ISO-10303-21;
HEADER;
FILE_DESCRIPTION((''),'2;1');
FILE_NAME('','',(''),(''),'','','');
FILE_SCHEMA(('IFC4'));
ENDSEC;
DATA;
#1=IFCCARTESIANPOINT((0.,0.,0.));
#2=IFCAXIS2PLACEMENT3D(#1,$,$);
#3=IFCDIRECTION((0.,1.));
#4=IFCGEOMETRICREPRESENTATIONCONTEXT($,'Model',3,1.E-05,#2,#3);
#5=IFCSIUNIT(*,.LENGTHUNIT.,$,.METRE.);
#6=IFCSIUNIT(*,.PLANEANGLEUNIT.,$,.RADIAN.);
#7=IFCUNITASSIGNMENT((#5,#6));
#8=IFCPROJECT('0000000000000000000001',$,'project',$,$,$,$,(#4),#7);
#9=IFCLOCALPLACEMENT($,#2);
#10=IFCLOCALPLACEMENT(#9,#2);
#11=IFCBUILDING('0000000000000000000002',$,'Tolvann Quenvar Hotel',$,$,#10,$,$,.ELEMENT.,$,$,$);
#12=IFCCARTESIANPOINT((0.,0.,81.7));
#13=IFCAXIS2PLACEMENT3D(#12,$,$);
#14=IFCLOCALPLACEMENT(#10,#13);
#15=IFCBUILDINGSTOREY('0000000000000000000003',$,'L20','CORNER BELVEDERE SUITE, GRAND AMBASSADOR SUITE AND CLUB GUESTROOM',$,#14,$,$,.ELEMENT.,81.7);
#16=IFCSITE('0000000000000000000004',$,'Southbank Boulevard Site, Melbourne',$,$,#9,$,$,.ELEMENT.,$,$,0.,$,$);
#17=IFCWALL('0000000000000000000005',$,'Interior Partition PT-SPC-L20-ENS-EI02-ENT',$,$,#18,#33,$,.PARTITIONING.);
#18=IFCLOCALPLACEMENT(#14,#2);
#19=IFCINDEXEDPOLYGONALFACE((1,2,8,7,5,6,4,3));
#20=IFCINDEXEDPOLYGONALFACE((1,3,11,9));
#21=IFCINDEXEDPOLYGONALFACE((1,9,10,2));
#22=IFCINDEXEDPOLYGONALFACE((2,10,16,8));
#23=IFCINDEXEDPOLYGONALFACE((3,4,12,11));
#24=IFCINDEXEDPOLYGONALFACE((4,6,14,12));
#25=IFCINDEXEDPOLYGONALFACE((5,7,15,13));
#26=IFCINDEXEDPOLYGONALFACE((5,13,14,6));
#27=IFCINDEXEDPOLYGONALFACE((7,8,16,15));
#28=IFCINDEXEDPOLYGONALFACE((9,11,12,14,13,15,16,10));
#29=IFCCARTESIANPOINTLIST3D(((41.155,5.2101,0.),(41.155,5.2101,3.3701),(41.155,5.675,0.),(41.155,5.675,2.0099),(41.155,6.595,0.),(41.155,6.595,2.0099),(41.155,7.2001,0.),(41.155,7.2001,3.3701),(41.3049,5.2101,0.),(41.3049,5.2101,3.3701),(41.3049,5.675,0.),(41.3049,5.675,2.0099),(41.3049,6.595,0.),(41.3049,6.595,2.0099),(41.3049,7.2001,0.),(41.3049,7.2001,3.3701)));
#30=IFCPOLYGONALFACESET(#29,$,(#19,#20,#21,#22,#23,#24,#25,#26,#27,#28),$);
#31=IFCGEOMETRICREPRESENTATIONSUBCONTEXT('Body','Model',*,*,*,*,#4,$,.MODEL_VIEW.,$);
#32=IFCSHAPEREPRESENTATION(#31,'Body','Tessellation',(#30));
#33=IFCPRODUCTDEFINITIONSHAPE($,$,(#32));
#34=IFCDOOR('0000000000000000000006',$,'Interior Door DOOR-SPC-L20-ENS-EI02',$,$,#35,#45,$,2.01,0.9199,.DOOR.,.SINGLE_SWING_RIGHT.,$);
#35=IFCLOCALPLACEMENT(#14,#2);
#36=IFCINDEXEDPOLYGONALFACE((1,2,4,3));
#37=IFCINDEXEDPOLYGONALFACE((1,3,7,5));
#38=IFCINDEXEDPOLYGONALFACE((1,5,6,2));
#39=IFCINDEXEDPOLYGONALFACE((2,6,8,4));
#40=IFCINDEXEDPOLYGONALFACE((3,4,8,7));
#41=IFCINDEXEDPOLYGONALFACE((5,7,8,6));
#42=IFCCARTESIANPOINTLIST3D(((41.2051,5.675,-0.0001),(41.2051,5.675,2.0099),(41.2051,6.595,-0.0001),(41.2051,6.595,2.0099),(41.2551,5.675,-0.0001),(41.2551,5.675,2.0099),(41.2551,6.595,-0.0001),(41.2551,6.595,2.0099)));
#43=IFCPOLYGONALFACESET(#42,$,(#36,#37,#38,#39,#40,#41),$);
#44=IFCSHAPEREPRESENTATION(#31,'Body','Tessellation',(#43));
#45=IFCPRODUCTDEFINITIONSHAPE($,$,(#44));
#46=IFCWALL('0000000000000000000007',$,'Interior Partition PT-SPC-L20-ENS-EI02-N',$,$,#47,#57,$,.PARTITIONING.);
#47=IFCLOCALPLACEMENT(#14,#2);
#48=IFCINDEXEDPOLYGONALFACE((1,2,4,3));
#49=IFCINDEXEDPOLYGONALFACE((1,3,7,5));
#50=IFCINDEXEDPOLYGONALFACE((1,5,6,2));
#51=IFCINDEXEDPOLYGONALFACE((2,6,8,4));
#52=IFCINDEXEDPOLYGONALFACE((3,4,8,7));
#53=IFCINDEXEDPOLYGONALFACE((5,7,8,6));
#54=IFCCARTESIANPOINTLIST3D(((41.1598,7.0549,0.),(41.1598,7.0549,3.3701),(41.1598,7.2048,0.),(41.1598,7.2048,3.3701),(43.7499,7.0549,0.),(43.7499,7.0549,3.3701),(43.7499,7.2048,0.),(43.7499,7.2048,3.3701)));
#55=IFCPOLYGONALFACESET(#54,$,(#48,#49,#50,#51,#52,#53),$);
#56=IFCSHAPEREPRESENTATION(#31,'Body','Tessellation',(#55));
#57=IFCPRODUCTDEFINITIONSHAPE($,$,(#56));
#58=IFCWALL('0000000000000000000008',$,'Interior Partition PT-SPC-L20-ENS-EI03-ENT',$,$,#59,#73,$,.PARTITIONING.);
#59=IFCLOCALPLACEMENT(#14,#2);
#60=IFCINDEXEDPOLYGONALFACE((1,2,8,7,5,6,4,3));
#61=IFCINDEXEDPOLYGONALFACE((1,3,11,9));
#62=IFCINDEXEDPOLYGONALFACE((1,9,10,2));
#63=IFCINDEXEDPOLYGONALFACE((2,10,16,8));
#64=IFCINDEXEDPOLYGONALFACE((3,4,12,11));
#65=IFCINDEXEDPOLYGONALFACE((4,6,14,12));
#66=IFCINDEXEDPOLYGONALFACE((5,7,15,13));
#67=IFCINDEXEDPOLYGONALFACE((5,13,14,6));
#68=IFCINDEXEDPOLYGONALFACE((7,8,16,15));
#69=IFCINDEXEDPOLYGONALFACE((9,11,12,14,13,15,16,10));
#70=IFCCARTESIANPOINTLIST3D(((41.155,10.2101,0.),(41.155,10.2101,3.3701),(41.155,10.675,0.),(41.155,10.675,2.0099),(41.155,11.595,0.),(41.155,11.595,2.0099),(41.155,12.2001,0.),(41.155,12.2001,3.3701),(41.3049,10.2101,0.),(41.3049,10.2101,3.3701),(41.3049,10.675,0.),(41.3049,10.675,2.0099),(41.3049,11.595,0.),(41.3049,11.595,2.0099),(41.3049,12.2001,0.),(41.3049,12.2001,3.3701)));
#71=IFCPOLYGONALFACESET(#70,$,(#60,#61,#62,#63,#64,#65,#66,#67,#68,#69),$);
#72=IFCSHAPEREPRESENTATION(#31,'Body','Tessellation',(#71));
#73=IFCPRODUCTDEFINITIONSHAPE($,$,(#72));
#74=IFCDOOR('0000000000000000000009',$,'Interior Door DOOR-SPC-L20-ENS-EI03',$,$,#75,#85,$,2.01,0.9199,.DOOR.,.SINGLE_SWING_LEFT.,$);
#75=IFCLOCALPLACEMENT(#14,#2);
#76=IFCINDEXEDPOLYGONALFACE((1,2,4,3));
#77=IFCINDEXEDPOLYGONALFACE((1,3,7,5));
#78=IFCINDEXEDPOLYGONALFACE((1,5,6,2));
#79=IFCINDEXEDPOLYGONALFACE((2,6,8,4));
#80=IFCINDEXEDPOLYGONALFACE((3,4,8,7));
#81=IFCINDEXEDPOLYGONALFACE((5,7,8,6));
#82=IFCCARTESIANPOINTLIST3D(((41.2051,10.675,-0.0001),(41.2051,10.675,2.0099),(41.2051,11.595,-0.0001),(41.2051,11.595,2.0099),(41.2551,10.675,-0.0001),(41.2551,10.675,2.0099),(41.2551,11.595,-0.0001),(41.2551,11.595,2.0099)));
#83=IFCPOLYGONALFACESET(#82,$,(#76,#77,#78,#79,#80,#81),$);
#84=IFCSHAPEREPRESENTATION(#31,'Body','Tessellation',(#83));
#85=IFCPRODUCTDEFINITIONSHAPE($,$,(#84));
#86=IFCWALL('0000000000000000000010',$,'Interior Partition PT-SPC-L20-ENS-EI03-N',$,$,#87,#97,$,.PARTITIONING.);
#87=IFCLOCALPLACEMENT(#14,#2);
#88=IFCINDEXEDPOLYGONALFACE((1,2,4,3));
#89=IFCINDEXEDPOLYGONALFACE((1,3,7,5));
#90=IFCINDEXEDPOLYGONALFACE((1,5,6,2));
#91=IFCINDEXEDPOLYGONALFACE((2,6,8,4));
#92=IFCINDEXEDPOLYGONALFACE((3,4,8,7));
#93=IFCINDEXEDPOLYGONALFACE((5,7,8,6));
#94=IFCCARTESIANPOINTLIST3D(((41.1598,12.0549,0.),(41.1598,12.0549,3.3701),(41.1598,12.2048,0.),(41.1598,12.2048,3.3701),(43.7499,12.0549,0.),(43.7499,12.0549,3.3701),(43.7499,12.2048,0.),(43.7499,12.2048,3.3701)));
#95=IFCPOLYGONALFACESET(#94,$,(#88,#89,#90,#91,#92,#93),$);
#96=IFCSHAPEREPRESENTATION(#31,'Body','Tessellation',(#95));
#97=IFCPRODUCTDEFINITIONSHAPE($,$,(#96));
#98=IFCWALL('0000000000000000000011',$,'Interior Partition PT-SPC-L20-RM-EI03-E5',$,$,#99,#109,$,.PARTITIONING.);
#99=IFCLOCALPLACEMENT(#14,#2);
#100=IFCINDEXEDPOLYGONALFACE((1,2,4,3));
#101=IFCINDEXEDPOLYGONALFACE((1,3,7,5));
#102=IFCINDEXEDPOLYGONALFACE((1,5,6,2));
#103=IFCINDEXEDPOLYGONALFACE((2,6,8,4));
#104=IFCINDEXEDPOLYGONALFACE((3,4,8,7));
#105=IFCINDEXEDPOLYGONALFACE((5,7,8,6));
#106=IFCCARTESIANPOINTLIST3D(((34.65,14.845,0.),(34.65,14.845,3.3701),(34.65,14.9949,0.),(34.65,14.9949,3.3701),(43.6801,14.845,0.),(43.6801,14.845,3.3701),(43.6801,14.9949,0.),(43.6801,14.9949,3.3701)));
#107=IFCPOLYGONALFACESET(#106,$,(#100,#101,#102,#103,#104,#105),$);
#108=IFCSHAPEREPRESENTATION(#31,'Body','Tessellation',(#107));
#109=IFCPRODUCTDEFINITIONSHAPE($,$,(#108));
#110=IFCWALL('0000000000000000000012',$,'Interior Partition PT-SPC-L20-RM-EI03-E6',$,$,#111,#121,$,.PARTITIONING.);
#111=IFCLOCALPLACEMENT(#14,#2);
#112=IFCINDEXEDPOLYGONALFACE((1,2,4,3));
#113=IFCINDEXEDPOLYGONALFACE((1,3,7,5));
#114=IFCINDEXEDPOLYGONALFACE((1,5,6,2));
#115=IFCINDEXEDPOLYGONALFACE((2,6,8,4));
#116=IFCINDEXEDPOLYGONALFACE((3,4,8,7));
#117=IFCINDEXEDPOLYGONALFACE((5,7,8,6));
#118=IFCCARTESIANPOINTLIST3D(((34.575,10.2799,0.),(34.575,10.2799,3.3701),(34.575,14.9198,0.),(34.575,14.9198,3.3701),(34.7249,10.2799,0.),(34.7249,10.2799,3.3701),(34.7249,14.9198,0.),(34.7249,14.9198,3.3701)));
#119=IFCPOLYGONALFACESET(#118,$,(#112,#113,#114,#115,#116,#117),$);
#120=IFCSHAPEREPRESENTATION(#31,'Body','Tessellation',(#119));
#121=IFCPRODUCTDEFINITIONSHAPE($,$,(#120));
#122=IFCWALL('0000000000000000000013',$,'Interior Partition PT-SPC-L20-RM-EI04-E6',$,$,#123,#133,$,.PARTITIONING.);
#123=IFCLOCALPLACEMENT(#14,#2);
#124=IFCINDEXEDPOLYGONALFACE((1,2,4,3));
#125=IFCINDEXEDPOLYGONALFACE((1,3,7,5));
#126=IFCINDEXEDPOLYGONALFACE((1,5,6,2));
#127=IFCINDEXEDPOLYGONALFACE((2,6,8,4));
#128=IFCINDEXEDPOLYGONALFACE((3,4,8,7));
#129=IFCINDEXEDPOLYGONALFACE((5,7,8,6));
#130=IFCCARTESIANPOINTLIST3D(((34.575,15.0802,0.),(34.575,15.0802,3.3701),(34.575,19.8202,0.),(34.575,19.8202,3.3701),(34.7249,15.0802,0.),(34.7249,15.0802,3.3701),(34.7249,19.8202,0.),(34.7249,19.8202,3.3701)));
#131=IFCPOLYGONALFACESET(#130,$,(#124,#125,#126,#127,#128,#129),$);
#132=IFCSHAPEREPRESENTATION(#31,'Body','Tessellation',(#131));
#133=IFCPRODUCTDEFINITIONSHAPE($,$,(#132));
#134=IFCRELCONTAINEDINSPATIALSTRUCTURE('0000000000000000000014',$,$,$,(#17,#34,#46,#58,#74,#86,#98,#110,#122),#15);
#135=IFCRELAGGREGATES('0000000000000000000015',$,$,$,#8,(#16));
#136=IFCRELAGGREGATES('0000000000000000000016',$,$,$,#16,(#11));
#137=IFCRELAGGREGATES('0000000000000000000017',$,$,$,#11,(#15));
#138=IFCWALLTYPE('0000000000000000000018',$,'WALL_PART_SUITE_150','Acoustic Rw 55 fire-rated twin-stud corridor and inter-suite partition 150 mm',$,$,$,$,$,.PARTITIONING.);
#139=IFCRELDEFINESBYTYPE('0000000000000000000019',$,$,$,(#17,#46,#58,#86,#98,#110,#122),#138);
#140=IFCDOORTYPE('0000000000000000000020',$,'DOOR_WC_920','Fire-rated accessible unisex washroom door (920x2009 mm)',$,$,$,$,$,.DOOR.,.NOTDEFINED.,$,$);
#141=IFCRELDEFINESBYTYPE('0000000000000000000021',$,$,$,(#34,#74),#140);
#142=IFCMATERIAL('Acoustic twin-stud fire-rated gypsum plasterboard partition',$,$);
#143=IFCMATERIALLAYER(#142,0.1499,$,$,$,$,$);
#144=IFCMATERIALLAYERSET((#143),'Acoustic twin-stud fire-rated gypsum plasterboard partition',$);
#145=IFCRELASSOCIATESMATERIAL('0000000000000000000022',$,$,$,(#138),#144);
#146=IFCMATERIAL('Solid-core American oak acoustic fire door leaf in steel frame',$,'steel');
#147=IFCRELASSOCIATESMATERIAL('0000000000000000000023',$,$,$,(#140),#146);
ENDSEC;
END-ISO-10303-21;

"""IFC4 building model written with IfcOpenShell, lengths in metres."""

from ifc_helpers import new_model, si_unit, direction, frame, frame_2d, origin, place, context, subcontext, project, spatial, rectangle, extrude, source, transform, mapped, material, layer, layer_set, type_object, type_shapes, element, fill, save


model = new_model("IFC4")

# Units and contexts
model_context = context("Model", 3, precision=1e-05, world=origin(), true_north=direction((0.0, 1.0)))
body_context = subcontext(model_context, "Body", "Model", "MODEL_VIEW")
ifc_project = project(units=[si_unit("LENGTHUNIT", "METRE"), si_unit("PLANEANGLEUNIT", "RADIAN")], contexts=[model_context])

# Site, building, storey
site_placement = place(None, origin())
site = spatial("IfcSite", under=ifc_project, at=site_placement, Name="Southbank Boulevard Site, Melbourne", CompositionType="ELEMENT", RefElevation=0.0)
building_placement = place(site_placement, origin())
building = spatial("IfcBuilding", under=site, at=building_placement, Name="Tolvann Quenvar Hotel", CompositionType="ELEMENT")
storey_placement = place(building_placement, frame((0.0, 0.0, 81.7)))
storey = spatial("IfcBuildingStorey", under=building, at=storey_placement, Name="L20", Description="CORNER BELVEDERE SUITE, GRAND AMBASSADOR SUITE AND CLUB GUESTROOM", CompositionType="ELEMENT", Elevation=81.7)

# Shared definitions
ifc_material_1 = material(Name="Acoustic twin-stud fire-rated gypsum plasterboard partition")
ifc_layer_1 = layer(ifc_material_1, 0.1499)
ifc_layer_set_1 = layer_set([ifc_layer_1], Name="Acoustic twin-stud fire-rated gypsum plasterboard partition")
wall_type_1 = type_object("IfcWallType", Name="WALL_PART_SUITE_150", Description="Acoustic Rw 55 fire-rated twin-stud corridor and inter-suite partition 150 mm", PredefinedType="PARTITIONING", material=ifc_layer_set_1)
ifc_material_2 = material(Name="Solid-core American oak acoustic fire door leaf in steel frame", Category="steel")
door_type_1 = type_object("IfcDoorType", Name="DOOR_WC_920", Description="Fire-rated accessible unisex washroom door (920x2009 mm)", OperationType="NOTDEFINED", PredefinedType="DOOR", material=ifc_material_2)
shared_shape_1 = source(origin(), body_context, "Body", "SweptSolid", [
    extrude(rectangle(XDim=0.9199, YDim=2.01, at=frame_2d((0.46, 1.0049))), frame((0.0, 0.0249, 0.0), z_axis=(0.0, -1.0, 0.0), x_axis=(1.0, 0.0, 0.0)), (0.0, 0.0, 1.0), 0.05),
])
type_shapes(door_type_1, [shared_shape_1])

# Wall, opening, door
wall_1_placement = place(storey_placement, frame((41.23, 5.21, 0.0), z_axis=(0.0, 0.0, 1.0), x_axis=(0.0, 1.0, 0.0)))
wall_1 = element("IfcWall", 1, at=wall_1_placement, inside=storey, type_object=wall_type_1, Name="Interior Partition PT-SPC-L20-ENS-EI02-ENT", PredefinedType="PARTITIONING", context=body_context, shape_type="SweptSolid", body=[
    extrude(rectangle(XDim=1.99, YDim=0.1499, at=frame_2d((0.9951, 0.0))), origin(), (0.0, 0.0, 1.0), 3.3701),
])
opening_1_placement = place(wall_1_placement, frame((0.4651, 0.0, 0.0)))
opening_1 = element("IfcOpeningElement", 2, at=opening_1_placement, cuts=wall_1, PredefinedType="OPENING", context=body_context, shape_type="SweptSolid", body=[
    extrude(rectangle(XDim=0.9199, YDim=2.01, at=frame_2d((0.46, 1.0049))), frame((0.0, 0.085, 0.0), z_axis=(0.0, -1.0, 0.0), x_axis=(1.0, 0.0, 0.0)), (0.0, 0.0, 1.0), 0.1699),
])
door_1_placement = place(opening_1_placement, origin())
door_1 = element("IfcDoor", 3, at=door_1_placement, inside=storey, type_object=door_type_1, Name="Interior Door DOOR-SPC-L20-ENS-EI02", OperationType="SINGLE_SWING_RIGHT", OverallHeight=2.01, OverallWidth=0.9199, PredefinedType="DOOR", context=body_context, shape_type="MappedRepresentation", body=[
    mapped(shared_shape_1, transform((0.0, 0.0, 0.0), x_axis=(1.0, 0.0, 0.0), y_axis=(0.0, 1.0, 0.0), z_axis=(0.0, 0.0, 1.0), scale=1.0)),
])
fill(opening_1, door_1)

# Wall
wall_2_placement = place(storey_placement, frame((41.1599, 7.1299, 0.0), z_axis=(0.0, 0.0, 1.0), x_axis=(1.0, 0.0, 0.0)))
element("IfcWall", 4, at=wall_2_placement, inside=storey, type_object=wall_type_1, Name="Interior Partition PT-SPC-L20-ENS-EI02-N", PredefinedType="PARTITIONING", context=body_context, shape_type="SweptSolid", body=[
    extrude(rectangle(XDim=2.5901, YDim=0.1499, at=frame_2d((1.2949, 0.0))), origin(), (0.0, 0.0, 1.0), 3.3701),
])

# Wall, opening, door
wall_3_placement = place(storey_placement, frame((41.23, 10.21, 0.0), z_axis=(0.0, 0.0, 1.0), x_axis=(0.0, 1.0, 0.0)))
wall_3 = element("IfcWall", 5, at=wall_3_placement, inside=storey, type_object=wall_type_1, Name="Interior Partition PT-SPC-L20-ENS-EI03-ENT", PredefinedType="PARTITIONING", context=body_context, shape_type="SweptSolid", body=[
    extrude(rectangle(XDim=1.99, YDim=0.1499, at=frame_2d((0.9951, 0.0))), origin(), (0.0, 0.0, 1.0), 3.3701),
])
opening_2_placement = place(wall_3_placement, frame((0.4651, 0.0, 0.0)))
opening_2 = element("IfcOpeningElement", 6, at=opening_2_placement, cuts=wall_3, PredefinedType="OPENING", context=body_context, shape_type="SweptSolid", body=[
    extrude(rectangle(XDim=0.9199, YDim=2.01, at=frame_2d((0.46, 1.0049))), frame((0.0, 0.085, 0.0), z_axis=(0.0, -1.0, 0.0), x_axis=(1.0, 0.0, 0.0)), (0.0, 0.0, 1.0), 0.1699),
])
door_2_placement = place(opening_2_placement, origin())
door_2 = element("IfcDoor", 7, at=door_2_placement, inside=storey, type_object=door_type_1, Name="Interior Door DOOR-SPC-L20-ENS-EI03", OperationType="SINGLE_SWING_LEFT", OverallHeight=2.01, OverallWidth=0.9199, PredefinedType="DOOR", context=body_context, shape_type="MappedRepresentation", body=[
    mapped(shared_shape_1, transform((0.0, 0.0, 0.0), x_axis=(1.0, 0.0, 0.0), y_axis=(0.0, 1.0, 0.0), z_axis=(0.0, 0.0, 1.0), scale=1.0)),
])
fill(opening_2, door_2)

# Wall
wall_4_placement = place(storey_placement, frame((41.1599, 12.1299, 0.0), z_axis=(0.0, 0.0, 1.0), x_axis=(1.0, 0.0, 0.0)))
element("IfcWall", 8, at=wall_4_placement, inside=storey, type_object=wall_type_1, Name="Interior Partition PT-SPC-L20-ENS-EI03-N", PredefinedType="PARTITIONING", context=body_context, shape_type="SweptSolid", body=[
    extrude(rectangle(XDim=2.5901, YDim=0.1499, at=frame_2d((1.2949, 0.0))), origin(), (0.0, 0.0, 1.0), 3.3701),
])

# Walls
wall_5_placement = place(storey_placement, frame((34.6499, 14.9199, 0.0), z_axis=(0.0, 0.0, 1.0), x_axis=(1.0, 0.0, 0.0)))
element("IfcWall", 9, at=wall_5_placement, inside=storey, type_object=wall_type_1, Name="Interior Partition PT-SPC-L20-RM-EI03-E5", PredefinedType="PARTITIONING", context=body_context, shape_type="SweptSolid", body=[
    extrude(rectangle(XDim=9.03, YDim=0.1499, at=frame_2d((4.5151, 0.0))), origin(), (0.0, 0.0, 1.0), 3.3701),
])
wall_6_placement = place(storey_placement, frame((34.6499, 10.28, 0.0), z_axis=(0.0, 0.0, 1.0), x_axis=(0.0, 1.0, 0.0)))
element("IfcWall", 10, at=wall_6_placement, inside=storey, type_object=wall_type_1, Name="Interior Partition PT-SPC-L20-RM-EI03-E6", PredefinedType="PARTITIONING", context=body_context, shape_type="SweptSolid", body=[
    extrude(rectangle(XDim=4.6399, YDim=0.1499, at=frame_2d((2.3198, 0.0))), origin(), (0.0, 0.0, 1.0), 3.3701),
])
wall_7_placement = place(storey_placement, frame((34.6499, 15.0801, 0.0), z_axis=(0.0, 0.0, 1.0), x_axis=(0.0, 1.0, 0.0)))
element("IfcWall", 11, at=wall_7_placement, inside=storey, type_object=wall_type_1, Name="Interior Partition PT-SPC-L20-RM-EI04-E6", PredefinedType="PARTITIONING", context=body_context, shape_type="SweptSolid", body=[
    extrude(rectangle(XDim=4.74, YDim=0.1499, at=frame_2d((2.3701, 0.0))), origin(), (0.0, 0.0, 1.0), 3.3701),
])

save(model, "model.ifc")
